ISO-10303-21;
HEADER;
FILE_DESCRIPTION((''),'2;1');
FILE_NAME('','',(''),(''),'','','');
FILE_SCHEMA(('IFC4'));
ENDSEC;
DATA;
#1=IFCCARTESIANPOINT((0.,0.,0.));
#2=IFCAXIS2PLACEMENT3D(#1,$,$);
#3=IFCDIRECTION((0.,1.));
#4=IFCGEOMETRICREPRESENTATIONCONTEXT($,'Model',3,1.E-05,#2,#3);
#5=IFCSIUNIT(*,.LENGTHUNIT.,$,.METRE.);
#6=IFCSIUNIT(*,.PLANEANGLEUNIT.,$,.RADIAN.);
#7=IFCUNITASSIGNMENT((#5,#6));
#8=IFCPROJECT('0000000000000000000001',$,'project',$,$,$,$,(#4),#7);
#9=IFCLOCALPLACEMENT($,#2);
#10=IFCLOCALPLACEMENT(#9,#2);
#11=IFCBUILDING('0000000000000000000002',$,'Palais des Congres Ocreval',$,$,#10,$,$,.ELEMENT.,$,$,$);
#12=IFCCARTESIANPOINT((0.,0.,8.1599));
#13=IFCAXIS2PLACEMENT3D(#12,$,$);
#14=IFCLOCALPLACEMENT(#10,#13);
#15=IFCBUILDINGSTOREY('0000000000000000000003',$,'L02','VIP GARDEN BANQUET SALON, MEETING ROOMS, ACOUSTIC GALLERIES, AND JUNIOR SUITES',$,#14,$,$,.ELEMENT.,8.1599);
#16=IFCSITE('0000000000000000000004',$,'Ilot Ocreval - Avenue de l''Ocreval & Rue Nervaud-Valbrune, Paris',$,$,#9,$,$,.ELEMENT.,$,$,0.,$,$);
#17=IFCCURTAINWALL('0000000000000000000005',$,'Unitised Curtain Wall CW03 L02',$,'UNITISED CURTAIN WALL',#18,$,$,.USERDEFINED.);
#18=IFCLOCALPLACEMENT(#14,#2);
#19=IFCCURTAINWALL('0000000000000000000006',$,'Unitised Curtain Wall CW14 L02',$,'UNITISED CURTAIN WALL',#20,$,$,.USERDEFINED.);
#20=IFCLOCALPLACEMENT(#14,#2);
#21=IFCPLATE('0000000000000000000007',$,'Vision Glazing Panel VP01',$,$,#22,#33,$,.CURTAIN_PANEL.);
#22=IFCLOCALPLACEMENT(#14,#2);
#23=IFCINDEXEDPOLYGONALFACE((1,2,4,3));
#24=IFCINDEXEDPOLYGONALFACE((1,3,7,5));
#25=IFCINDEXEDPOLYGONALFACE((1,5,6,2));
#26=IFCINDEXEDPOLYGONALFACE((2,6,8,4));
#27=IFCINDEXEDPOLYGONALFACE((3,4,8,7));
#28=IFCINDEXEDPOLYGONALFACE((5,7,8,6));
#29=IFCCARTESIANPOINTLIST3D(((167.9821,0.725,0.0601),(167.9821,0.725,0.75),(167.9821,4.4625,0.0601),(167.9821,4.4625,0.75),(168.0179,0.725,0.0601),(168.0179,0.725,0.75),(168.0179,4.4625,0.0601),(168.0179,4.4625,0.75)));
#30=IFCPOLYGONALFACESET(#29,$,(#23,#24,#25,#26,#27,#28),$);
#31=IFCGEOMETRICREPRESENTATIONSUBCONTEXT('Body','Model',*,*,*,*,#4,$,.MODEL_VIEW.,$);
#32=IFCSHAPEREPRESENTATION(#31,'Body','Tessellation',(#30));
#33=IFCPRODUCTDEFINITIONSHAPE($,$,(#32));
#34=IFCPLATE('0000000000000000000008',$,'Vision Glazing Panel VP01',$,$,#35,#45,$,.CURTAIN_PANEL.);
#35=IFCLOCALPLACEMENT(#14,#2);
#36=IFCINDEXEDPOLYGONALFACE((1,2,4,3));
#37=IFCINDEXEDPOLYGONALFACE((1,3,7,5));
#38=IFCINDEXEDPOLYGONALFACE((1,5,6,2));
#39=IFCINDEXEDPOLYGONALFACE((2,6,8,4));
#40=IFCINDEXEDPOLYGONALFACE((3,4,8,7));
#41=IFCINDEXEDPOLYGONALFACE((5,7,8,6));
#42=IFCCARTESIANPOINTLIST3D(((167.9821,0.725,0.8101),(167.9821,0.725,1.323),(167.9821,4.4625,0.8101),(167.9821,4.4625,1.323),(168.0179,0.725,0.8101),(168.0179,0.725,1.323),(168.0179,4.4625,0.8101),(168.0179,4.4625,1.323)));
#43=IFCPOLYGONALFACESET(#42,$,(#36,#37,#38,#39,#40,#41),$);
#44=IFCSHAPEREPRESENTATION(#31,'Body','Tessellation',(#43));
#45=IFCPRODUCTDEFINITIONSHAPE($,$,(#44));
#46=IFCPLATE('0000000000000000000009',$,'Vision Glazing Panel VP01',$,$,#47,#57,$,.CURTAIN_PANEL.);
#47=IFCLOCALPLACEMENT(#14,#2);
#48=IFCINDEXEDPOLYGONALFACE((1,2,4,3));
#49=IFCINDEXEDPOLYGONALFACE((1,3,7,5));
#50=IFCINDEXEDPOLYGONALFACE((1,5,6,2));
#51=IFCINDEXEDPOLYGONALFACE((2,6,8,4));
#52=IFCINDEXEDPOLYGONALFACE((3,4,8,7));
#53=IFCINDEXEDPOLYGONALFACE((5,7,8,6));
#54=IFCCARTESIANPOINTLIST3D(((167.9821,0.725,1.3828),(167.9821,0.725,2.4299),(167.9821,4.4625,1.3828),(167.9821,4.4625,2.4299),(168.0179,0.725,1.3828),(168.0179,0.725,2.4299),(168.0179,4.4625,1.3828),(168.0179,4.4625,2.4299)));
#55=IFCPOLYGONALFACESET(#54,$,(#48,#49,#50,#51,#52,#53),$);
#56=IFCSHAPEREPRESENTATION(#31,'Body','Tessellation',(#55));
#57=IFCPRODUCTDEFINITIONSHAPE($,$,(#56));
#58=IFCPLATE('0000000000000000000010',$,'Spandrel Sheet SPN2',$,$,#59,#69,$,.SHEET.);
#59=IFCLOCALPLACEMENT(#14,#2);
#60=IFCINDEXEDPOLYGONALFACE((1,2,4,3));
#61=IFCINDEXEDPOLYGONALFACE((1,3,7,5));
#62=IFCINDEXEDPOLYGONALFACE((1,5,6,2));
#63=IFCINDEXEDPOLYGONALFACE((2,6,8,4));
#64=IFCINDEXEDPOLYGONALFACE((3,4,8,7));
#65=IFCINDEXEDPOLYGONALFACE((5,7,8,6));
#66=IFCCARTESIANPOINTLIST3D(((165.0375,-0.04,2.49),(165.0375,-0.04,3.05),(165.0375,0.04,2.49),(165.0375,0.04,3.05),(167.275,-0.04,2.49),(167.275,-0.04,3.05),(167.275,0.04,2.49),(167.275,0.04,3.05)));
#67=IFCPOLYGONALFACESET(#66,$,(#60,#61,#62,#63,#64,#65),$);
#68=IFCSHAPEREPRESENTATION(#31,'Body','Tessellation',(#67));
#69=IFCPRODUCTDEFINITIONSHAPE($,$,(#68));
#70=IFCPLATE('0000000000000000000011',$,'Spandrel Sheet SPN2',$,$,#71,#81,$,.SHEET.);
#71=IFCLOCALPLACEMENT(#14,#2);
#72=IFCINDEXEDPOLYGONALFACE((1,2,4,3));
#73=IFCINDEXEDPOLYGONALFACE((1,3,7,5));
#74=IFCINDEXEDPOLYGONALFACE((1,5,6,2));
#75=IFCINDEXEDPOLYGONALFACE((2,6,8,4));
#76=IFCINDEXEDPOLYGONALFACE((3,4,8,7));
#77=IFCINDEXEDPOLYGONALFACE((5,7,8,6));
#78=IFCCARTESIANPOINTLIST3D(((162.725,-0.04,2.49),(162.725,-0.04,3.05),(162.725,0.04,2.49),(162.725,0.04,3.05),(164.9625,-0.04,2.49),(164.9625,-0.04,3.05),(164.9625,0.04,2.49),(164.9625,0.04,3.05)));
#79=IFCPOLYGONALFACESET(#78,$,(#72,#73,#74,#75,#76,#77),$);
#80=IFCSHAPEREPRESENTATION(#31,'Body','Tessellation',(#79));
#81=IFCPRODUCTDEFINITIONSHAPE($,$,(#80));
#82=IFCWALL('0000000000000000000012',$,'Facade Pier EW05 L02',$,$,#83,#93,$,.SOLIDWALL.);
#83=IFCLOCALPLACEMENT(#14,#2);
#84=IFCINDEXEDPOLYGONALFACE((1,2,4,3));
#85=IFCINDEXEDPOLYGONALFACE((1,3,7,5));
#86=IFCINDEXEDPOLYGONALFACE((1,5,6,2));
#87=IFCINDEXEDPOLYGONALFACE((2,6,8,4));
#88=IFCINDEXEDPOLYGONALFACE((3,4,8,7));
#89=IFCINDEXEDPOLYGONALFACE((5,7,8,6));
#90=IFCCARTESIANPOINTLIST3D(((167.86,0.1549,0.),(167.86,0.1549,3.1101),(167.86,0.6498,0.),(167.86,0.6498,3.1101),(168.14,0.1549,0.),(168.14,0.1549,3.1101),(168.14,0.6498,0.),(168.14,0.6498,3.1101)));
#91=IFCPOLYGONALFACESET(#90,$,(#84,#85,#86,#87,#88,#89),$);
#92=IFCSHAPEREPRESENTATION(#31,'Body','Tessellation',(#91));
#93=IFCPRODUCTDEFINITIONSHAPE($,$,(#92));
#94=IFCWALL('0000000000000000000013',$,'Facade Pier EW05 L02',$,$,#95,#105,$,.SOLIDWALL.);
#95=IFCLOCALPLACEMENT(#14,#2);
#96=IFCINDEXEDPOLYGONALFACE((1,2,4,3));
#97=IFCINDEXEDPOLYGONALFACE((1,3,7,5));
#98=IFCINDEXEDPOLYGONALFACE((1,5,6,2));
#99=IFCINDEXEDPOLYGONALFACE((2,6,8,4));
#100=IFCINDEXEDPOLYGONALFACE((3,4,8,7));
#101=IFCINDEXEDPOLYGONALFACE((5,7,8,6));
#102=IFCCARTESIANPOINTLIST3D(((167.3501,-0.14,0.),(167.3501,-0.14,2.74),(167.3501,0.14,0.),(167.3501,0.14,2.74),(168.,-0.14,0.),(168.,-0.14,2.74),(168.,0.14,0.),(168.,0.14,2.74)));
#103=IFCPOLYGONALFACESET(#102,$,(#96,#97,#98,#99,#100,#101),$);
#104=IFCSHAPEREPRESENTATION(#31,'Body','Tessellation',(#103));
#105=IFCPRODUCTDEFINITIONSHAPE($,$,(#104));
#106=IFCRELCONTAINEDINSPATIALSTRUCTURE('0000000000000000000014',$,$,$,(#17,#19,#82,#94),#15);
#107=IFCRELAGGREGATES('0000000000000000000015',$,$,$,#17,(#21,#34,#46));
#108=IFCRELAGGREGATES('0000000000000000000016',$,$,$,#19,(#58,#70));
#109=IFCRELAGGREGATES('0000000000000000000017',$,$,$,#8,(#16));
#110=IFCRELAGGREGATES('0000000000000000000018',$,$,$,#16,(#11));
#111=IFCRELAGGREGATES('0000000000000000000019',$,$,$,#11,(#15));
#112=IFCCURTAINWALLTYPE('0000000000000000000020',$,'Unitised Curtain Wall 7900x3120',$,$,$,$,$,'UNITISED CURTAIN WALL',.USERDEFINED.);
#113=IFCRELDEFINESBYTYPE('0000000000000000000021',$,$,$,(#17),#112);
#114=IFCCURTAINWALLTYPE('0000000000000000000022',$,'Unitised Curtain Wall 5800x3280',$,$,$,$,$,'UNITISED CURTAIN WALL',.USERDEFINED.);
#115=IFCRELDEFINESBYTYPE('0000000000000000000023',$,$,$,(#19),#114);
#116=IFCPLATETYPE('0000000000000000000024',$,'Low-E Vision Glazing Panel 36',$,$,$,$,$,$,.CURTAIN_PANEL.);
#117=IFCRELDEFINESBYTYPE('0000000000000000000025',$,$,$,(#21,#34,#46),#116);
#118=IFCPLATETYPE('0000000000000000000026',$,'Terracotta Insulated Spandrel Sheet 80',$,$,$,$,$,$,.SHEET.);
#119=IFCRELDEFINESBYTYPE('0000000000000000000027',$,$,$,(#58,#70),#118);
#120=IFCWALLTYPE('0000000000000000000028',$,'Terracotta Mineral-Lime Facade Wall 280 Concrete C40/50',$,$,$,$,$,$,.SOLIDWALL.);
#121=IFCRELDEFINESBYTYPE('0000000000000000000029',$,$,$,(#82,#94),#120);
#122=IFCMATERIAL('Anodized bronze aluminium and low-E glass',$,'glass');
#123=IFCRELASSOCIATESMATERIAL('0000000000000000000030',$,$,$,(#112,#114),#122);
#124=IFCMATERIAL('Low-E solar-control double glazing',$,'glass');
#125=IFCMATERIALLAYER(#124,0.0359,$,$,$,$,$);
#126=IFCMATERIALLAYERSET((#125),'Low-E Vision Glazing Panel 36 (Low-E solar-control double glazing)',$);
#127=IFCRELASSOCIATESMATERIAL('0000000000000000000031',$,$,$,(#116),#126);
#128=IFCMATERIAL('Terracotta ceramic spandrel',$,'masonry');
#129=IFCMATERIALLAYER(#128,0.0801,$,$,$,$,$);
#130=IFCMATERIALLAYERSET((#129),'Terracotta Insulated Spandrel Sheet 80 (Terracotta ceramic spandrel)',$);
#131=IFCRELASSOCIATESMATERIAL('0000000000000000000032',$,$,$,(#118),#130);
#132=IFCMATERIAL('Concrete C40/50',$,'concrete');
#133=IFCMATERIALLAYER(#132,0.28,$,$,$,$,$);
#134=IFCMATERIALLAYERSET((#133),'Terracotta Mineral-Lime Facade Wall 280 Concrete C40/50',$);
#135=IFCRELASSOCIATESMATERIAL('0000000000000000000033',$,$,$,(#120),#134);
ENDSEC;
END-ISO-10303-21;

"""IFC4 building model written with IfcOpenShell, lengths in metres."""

from ifc_helpers import new_model, si_unit, direction, frame, frame_2d, origin, origin_2d, place, context, subcontext, project, spatial, rectangle, extrude, material, layer, layer_set, type_object, element, aggregate, save


model = new_model("IFC4")

# Units and contexts
model_context = context("Model", 3, precision=1e-05, world=origin(), true_north=direction((0.0, 1.0)))
body_context = subcontext(model_context, "Body", "Model", "MODEL_VIEW")
ifc_project = project(units=[si_unit("LENGTHUNIT", "METRE"), si_unit("PLANEANGLEUNIT", "RADIAN")], contexts=[model_context])

# Site, building, storey
site_placement = place(None, origin())
site = spatial("IfcSite", under=ifc_project, at=site_placement, Name="Ilot Ocreval - Avenue de l'Ocreval & Rue Nervaud-Valbrune, Paris", CompositionType="ELEMENT", RefElevation=0.0)
building_placement = place(site_placement, origin())
building = spatial("IfcBuilding", under=site, at=building_placement, Name="Palais des Congres Ocreval", CompositionType="ELEMENT")
storey_placement = place(building_placement, frame((0.0, 0.0, 8.1599)))
storey = spatial("IfcBuildingStorey", under=building, at=storey_placement, Name="L02", Description="VIP GARDEN BANQUET SALON, MEETING ROOMS, ACOUSTIC GALLERIES, AND JUNIOR SUITES", CompositionType="ELEMENT", Elevation=8.1599)

# Curtain wall
ifc_material_1 = material(Name="Anodized bronze aluminium and low-E glass", Category="glass")
curtain_wall_type_1 = type_object("IfcCurtainWallType", Name="Unitised Curtain Wall 7900x3120", ElementType="UNITISED CURTAIN WALL", PredefinedType="USERDEFINED", material=ifc_material_1)
curtain_wall_1_placement = place(storey_placement, origin())
curtain_wall_1 = element("IfcCurtainWall", 1, at=curtain_wall_1_placement, inside=storey, type_object=curtain_wall_type_1, Name="Unitised Curtain Wall CW03 L02", ObjectType="UNITISED CURTAIN WALL", PredefinedType="USERDEFINED")

# Curtain wall
curtain_wall_type_2 = type_object("IfcCurtainWallType", Name="Unitised Curtain Wall 5800x3280", ElementType="UNITISED CURTAIN WALL", PredefinedType="USERDEFINED", material=ifc_material_1)
curtain_wall_2_placement = place(storey_placement, origin())
curtain_wall_2 = element("IfcCurtainWall", 2, at=curtain_wall_2_placement, inside=storey, type_object=curtain_wall_type_2, Name="Unitised Curtain Wall CW14 L02", ObjectType="UNITISED CURTAIN WALL", PredefinedType="USERDEFINED")

# Plates
ifc_material_2 = material(Name="Low-E solar-control double glazing", Category="glass")
ifc_layer_1 = layer(ifc_material_2, 0.0359)
ifc_layer_set_1 = layer_set([ifc_layer_1], Name="Low-E Vision Glazing Panel 36 (Low-E solar-control double glazing)")
plate_type_1 = type_object("IfcPlateType", Name="Low-E Vision Glazing Panel 36", PredefinedType="CURTAIN_PANEL", material=ifc_layer_set_1)
plate_1_placement = place(storey_placement, frame((168.0, 2.5938, 0.0601), z_axis=(0.0, 0.0, 1.0), x_axis=(0.0, -1.0, 0.0)))
plate_1 = element("IfcPlate", 3, at=plate_1_placement, type_object=plate_type_1, Name="Vision Glazing Panel VP01", PredefinedType="CURTAIN_PANEL", context=body_context, shape_type="SweptSolid", body=[
    extrude(rectangle(XDim=3.7375, YDim=0.0359, at=origin_2d()), origin(), (0.0, 0.0, 1.0), 0.6899),
])
plate_2_placement = place(storey_placement, frame((168.0, 2.5938, 0.8101), z_axis=(0.0, 0.0, 1.0), x_axis=(0.0, -1.0, 0.0)))
plate_2 = element("IfcPlate", 4, at=plate_2_placement, type_object=plate_type_1, Name="Vision Glazing Panel VP01", PredefinedType="CURTAIN_PANEL", context=body_context, shape_type="SweptSolid", body=[
    extrude(rectangle(XDim=3.7375, YDim=0.0359, at=origin_2d()), origin(), (0.0, 0.0, 1.0), 0.5129),
])
plate_3_placement = place(storey_placement, frame((168.0, 2.5938, 1.3828), z_axis=(0.0, 0.0, 1.0), x_axis=(0.0, -1.0, 0.0)))
plate_3 = element("IfcPlate", 5, at=plate_3_placement, type_object=plate_type_1, Name="Vision Glazing Panel VP01", PredefinedType="CURTAIN_PANEL", context=body_context, shape_type="SweptSolid", body=[
    extrude(rectangle(XDim=3.7375, YDim=0.0359, at=origin_2d()), origin(), (0.0, 0.0, 1.0), 1.0471),
])
aggregate(curtain_wall_1, [plate_1, plate_2, plate_3])
ifc_material_3 = material(Name="Terracotta ceramic spandrel", Category="masonry")
ifc_layer_2 = layer(ifc_material_3, 0.0801)
ifc_layer_set_2 = layer_set([ifc_layer_2], Name="Terracotta Insulated Spandrel Sheet 80 (Terracotta ceramic spandrel)")
plate_type_2 = type_object("IfcPlateType", Name="Terracotta Insulated Spandrel Sheet 80", PredefinedType="SHEET", material=ifc_layer_set_2)
plate_4_placement = place(storey_placement, frame((166.1562, 0.0, 2.49), z_axis=(0.0, 0.0, 1.0), x_axis=(-1.0, 0.0, 0.0)))
plate_4 = element("IfcPlate", 6, at=plate_4_placement, type_object=plate_type_2, Name="Spandrel Sheet SPN2", PredefinedType="SHEET", context=body_context, shape_type="SweptSolid", body=[
    extrude(rectangle(XDim=2.2375, YDim=0.0801, at=origin_2d()), origin(), (0.0, 0.0, 1.0), 0.5601),
])
plate_5_placement = place(storey_placement, frame((163.8438, 0.0, 2.49), z_axis=(0.0, 0.0, 1.0), x_axis=(-1.0, 0.0, 0.0)))
plate_5 = element("IfcPlate", 7, at=plate_5_placement, type_object=plate_type_2, Name="Spandrel Sheet SPN2", PredefinedType="SHEET", context=body_context, shape_type="SweptSolid", body=[
    extrude(rectangle(XDim=2.2375, YDim=0.0801, at=origin_2d()), origin(), (0.0, 0.0, 1.0), 0.5601),
])
aggregate(curtain_wall_2, [plate_4, plate_5])

# Walls
ifc_material_4 = material(Name="Concrete C40/50", Category="concrete")
ifc_layer_3 = layer(ifc_material_4, 0.28)
ifc_layer_set_3 = layer_set([ifc_layer_3], Name="Terracotta Mineral-Lime Facade Wall 280 Concrete C40/50")
wall_type = type_object("IfcWallType", Name="Terracotta Mineral-Lime Facade Wall 280 Concrete C40/50", PredefinedType="SOLIDWALL", material=ifc_layer_set_3)
wall_1_placement = place(storey_placement, frame((168.0, 0.6499, 0.0), z_axis=(0.0, 0.0, 1.0), x_axis=(0.0, -1.0, 0.0)))
element("IfcWall", 8, at=wall_1_placement, inside=storey, type_object=wall_type, Name="Facade Pier EW05 L02", PredefinedType="SOLIDWALL", context=body_context, shape_type="SweptSolid", body=[
    extrude(rectangle(XDim=0.4949, YDim=0.28, at=frame_2d((0.2476, 0.0))), origin(), (0.0, 0.0, 1.0), 3.1101),
])
wall_2_placement = place(storey_placement, frame((168.0, 0.0, 0.0), z_axis=(0.0, 0.0, 1.0), x_axis=(-1.0, 0.0, 0.0)))
element("IfcWall", 9, at=wall_2_placement, inside=storey, type_object=wall_type, Name="Facade Pier EW05 L02", PredefinedType="SOLIDWALL", context=body_context, shape_type="SweptSolid", body=[
    extrude(rectangle(XDim=0.6499, YDim=0.28, at=frame_2d((0.325, 0.0))), origin(), (0.0, 0.0, 1.0), 2.74),
])

save(model, "model.ifc")
